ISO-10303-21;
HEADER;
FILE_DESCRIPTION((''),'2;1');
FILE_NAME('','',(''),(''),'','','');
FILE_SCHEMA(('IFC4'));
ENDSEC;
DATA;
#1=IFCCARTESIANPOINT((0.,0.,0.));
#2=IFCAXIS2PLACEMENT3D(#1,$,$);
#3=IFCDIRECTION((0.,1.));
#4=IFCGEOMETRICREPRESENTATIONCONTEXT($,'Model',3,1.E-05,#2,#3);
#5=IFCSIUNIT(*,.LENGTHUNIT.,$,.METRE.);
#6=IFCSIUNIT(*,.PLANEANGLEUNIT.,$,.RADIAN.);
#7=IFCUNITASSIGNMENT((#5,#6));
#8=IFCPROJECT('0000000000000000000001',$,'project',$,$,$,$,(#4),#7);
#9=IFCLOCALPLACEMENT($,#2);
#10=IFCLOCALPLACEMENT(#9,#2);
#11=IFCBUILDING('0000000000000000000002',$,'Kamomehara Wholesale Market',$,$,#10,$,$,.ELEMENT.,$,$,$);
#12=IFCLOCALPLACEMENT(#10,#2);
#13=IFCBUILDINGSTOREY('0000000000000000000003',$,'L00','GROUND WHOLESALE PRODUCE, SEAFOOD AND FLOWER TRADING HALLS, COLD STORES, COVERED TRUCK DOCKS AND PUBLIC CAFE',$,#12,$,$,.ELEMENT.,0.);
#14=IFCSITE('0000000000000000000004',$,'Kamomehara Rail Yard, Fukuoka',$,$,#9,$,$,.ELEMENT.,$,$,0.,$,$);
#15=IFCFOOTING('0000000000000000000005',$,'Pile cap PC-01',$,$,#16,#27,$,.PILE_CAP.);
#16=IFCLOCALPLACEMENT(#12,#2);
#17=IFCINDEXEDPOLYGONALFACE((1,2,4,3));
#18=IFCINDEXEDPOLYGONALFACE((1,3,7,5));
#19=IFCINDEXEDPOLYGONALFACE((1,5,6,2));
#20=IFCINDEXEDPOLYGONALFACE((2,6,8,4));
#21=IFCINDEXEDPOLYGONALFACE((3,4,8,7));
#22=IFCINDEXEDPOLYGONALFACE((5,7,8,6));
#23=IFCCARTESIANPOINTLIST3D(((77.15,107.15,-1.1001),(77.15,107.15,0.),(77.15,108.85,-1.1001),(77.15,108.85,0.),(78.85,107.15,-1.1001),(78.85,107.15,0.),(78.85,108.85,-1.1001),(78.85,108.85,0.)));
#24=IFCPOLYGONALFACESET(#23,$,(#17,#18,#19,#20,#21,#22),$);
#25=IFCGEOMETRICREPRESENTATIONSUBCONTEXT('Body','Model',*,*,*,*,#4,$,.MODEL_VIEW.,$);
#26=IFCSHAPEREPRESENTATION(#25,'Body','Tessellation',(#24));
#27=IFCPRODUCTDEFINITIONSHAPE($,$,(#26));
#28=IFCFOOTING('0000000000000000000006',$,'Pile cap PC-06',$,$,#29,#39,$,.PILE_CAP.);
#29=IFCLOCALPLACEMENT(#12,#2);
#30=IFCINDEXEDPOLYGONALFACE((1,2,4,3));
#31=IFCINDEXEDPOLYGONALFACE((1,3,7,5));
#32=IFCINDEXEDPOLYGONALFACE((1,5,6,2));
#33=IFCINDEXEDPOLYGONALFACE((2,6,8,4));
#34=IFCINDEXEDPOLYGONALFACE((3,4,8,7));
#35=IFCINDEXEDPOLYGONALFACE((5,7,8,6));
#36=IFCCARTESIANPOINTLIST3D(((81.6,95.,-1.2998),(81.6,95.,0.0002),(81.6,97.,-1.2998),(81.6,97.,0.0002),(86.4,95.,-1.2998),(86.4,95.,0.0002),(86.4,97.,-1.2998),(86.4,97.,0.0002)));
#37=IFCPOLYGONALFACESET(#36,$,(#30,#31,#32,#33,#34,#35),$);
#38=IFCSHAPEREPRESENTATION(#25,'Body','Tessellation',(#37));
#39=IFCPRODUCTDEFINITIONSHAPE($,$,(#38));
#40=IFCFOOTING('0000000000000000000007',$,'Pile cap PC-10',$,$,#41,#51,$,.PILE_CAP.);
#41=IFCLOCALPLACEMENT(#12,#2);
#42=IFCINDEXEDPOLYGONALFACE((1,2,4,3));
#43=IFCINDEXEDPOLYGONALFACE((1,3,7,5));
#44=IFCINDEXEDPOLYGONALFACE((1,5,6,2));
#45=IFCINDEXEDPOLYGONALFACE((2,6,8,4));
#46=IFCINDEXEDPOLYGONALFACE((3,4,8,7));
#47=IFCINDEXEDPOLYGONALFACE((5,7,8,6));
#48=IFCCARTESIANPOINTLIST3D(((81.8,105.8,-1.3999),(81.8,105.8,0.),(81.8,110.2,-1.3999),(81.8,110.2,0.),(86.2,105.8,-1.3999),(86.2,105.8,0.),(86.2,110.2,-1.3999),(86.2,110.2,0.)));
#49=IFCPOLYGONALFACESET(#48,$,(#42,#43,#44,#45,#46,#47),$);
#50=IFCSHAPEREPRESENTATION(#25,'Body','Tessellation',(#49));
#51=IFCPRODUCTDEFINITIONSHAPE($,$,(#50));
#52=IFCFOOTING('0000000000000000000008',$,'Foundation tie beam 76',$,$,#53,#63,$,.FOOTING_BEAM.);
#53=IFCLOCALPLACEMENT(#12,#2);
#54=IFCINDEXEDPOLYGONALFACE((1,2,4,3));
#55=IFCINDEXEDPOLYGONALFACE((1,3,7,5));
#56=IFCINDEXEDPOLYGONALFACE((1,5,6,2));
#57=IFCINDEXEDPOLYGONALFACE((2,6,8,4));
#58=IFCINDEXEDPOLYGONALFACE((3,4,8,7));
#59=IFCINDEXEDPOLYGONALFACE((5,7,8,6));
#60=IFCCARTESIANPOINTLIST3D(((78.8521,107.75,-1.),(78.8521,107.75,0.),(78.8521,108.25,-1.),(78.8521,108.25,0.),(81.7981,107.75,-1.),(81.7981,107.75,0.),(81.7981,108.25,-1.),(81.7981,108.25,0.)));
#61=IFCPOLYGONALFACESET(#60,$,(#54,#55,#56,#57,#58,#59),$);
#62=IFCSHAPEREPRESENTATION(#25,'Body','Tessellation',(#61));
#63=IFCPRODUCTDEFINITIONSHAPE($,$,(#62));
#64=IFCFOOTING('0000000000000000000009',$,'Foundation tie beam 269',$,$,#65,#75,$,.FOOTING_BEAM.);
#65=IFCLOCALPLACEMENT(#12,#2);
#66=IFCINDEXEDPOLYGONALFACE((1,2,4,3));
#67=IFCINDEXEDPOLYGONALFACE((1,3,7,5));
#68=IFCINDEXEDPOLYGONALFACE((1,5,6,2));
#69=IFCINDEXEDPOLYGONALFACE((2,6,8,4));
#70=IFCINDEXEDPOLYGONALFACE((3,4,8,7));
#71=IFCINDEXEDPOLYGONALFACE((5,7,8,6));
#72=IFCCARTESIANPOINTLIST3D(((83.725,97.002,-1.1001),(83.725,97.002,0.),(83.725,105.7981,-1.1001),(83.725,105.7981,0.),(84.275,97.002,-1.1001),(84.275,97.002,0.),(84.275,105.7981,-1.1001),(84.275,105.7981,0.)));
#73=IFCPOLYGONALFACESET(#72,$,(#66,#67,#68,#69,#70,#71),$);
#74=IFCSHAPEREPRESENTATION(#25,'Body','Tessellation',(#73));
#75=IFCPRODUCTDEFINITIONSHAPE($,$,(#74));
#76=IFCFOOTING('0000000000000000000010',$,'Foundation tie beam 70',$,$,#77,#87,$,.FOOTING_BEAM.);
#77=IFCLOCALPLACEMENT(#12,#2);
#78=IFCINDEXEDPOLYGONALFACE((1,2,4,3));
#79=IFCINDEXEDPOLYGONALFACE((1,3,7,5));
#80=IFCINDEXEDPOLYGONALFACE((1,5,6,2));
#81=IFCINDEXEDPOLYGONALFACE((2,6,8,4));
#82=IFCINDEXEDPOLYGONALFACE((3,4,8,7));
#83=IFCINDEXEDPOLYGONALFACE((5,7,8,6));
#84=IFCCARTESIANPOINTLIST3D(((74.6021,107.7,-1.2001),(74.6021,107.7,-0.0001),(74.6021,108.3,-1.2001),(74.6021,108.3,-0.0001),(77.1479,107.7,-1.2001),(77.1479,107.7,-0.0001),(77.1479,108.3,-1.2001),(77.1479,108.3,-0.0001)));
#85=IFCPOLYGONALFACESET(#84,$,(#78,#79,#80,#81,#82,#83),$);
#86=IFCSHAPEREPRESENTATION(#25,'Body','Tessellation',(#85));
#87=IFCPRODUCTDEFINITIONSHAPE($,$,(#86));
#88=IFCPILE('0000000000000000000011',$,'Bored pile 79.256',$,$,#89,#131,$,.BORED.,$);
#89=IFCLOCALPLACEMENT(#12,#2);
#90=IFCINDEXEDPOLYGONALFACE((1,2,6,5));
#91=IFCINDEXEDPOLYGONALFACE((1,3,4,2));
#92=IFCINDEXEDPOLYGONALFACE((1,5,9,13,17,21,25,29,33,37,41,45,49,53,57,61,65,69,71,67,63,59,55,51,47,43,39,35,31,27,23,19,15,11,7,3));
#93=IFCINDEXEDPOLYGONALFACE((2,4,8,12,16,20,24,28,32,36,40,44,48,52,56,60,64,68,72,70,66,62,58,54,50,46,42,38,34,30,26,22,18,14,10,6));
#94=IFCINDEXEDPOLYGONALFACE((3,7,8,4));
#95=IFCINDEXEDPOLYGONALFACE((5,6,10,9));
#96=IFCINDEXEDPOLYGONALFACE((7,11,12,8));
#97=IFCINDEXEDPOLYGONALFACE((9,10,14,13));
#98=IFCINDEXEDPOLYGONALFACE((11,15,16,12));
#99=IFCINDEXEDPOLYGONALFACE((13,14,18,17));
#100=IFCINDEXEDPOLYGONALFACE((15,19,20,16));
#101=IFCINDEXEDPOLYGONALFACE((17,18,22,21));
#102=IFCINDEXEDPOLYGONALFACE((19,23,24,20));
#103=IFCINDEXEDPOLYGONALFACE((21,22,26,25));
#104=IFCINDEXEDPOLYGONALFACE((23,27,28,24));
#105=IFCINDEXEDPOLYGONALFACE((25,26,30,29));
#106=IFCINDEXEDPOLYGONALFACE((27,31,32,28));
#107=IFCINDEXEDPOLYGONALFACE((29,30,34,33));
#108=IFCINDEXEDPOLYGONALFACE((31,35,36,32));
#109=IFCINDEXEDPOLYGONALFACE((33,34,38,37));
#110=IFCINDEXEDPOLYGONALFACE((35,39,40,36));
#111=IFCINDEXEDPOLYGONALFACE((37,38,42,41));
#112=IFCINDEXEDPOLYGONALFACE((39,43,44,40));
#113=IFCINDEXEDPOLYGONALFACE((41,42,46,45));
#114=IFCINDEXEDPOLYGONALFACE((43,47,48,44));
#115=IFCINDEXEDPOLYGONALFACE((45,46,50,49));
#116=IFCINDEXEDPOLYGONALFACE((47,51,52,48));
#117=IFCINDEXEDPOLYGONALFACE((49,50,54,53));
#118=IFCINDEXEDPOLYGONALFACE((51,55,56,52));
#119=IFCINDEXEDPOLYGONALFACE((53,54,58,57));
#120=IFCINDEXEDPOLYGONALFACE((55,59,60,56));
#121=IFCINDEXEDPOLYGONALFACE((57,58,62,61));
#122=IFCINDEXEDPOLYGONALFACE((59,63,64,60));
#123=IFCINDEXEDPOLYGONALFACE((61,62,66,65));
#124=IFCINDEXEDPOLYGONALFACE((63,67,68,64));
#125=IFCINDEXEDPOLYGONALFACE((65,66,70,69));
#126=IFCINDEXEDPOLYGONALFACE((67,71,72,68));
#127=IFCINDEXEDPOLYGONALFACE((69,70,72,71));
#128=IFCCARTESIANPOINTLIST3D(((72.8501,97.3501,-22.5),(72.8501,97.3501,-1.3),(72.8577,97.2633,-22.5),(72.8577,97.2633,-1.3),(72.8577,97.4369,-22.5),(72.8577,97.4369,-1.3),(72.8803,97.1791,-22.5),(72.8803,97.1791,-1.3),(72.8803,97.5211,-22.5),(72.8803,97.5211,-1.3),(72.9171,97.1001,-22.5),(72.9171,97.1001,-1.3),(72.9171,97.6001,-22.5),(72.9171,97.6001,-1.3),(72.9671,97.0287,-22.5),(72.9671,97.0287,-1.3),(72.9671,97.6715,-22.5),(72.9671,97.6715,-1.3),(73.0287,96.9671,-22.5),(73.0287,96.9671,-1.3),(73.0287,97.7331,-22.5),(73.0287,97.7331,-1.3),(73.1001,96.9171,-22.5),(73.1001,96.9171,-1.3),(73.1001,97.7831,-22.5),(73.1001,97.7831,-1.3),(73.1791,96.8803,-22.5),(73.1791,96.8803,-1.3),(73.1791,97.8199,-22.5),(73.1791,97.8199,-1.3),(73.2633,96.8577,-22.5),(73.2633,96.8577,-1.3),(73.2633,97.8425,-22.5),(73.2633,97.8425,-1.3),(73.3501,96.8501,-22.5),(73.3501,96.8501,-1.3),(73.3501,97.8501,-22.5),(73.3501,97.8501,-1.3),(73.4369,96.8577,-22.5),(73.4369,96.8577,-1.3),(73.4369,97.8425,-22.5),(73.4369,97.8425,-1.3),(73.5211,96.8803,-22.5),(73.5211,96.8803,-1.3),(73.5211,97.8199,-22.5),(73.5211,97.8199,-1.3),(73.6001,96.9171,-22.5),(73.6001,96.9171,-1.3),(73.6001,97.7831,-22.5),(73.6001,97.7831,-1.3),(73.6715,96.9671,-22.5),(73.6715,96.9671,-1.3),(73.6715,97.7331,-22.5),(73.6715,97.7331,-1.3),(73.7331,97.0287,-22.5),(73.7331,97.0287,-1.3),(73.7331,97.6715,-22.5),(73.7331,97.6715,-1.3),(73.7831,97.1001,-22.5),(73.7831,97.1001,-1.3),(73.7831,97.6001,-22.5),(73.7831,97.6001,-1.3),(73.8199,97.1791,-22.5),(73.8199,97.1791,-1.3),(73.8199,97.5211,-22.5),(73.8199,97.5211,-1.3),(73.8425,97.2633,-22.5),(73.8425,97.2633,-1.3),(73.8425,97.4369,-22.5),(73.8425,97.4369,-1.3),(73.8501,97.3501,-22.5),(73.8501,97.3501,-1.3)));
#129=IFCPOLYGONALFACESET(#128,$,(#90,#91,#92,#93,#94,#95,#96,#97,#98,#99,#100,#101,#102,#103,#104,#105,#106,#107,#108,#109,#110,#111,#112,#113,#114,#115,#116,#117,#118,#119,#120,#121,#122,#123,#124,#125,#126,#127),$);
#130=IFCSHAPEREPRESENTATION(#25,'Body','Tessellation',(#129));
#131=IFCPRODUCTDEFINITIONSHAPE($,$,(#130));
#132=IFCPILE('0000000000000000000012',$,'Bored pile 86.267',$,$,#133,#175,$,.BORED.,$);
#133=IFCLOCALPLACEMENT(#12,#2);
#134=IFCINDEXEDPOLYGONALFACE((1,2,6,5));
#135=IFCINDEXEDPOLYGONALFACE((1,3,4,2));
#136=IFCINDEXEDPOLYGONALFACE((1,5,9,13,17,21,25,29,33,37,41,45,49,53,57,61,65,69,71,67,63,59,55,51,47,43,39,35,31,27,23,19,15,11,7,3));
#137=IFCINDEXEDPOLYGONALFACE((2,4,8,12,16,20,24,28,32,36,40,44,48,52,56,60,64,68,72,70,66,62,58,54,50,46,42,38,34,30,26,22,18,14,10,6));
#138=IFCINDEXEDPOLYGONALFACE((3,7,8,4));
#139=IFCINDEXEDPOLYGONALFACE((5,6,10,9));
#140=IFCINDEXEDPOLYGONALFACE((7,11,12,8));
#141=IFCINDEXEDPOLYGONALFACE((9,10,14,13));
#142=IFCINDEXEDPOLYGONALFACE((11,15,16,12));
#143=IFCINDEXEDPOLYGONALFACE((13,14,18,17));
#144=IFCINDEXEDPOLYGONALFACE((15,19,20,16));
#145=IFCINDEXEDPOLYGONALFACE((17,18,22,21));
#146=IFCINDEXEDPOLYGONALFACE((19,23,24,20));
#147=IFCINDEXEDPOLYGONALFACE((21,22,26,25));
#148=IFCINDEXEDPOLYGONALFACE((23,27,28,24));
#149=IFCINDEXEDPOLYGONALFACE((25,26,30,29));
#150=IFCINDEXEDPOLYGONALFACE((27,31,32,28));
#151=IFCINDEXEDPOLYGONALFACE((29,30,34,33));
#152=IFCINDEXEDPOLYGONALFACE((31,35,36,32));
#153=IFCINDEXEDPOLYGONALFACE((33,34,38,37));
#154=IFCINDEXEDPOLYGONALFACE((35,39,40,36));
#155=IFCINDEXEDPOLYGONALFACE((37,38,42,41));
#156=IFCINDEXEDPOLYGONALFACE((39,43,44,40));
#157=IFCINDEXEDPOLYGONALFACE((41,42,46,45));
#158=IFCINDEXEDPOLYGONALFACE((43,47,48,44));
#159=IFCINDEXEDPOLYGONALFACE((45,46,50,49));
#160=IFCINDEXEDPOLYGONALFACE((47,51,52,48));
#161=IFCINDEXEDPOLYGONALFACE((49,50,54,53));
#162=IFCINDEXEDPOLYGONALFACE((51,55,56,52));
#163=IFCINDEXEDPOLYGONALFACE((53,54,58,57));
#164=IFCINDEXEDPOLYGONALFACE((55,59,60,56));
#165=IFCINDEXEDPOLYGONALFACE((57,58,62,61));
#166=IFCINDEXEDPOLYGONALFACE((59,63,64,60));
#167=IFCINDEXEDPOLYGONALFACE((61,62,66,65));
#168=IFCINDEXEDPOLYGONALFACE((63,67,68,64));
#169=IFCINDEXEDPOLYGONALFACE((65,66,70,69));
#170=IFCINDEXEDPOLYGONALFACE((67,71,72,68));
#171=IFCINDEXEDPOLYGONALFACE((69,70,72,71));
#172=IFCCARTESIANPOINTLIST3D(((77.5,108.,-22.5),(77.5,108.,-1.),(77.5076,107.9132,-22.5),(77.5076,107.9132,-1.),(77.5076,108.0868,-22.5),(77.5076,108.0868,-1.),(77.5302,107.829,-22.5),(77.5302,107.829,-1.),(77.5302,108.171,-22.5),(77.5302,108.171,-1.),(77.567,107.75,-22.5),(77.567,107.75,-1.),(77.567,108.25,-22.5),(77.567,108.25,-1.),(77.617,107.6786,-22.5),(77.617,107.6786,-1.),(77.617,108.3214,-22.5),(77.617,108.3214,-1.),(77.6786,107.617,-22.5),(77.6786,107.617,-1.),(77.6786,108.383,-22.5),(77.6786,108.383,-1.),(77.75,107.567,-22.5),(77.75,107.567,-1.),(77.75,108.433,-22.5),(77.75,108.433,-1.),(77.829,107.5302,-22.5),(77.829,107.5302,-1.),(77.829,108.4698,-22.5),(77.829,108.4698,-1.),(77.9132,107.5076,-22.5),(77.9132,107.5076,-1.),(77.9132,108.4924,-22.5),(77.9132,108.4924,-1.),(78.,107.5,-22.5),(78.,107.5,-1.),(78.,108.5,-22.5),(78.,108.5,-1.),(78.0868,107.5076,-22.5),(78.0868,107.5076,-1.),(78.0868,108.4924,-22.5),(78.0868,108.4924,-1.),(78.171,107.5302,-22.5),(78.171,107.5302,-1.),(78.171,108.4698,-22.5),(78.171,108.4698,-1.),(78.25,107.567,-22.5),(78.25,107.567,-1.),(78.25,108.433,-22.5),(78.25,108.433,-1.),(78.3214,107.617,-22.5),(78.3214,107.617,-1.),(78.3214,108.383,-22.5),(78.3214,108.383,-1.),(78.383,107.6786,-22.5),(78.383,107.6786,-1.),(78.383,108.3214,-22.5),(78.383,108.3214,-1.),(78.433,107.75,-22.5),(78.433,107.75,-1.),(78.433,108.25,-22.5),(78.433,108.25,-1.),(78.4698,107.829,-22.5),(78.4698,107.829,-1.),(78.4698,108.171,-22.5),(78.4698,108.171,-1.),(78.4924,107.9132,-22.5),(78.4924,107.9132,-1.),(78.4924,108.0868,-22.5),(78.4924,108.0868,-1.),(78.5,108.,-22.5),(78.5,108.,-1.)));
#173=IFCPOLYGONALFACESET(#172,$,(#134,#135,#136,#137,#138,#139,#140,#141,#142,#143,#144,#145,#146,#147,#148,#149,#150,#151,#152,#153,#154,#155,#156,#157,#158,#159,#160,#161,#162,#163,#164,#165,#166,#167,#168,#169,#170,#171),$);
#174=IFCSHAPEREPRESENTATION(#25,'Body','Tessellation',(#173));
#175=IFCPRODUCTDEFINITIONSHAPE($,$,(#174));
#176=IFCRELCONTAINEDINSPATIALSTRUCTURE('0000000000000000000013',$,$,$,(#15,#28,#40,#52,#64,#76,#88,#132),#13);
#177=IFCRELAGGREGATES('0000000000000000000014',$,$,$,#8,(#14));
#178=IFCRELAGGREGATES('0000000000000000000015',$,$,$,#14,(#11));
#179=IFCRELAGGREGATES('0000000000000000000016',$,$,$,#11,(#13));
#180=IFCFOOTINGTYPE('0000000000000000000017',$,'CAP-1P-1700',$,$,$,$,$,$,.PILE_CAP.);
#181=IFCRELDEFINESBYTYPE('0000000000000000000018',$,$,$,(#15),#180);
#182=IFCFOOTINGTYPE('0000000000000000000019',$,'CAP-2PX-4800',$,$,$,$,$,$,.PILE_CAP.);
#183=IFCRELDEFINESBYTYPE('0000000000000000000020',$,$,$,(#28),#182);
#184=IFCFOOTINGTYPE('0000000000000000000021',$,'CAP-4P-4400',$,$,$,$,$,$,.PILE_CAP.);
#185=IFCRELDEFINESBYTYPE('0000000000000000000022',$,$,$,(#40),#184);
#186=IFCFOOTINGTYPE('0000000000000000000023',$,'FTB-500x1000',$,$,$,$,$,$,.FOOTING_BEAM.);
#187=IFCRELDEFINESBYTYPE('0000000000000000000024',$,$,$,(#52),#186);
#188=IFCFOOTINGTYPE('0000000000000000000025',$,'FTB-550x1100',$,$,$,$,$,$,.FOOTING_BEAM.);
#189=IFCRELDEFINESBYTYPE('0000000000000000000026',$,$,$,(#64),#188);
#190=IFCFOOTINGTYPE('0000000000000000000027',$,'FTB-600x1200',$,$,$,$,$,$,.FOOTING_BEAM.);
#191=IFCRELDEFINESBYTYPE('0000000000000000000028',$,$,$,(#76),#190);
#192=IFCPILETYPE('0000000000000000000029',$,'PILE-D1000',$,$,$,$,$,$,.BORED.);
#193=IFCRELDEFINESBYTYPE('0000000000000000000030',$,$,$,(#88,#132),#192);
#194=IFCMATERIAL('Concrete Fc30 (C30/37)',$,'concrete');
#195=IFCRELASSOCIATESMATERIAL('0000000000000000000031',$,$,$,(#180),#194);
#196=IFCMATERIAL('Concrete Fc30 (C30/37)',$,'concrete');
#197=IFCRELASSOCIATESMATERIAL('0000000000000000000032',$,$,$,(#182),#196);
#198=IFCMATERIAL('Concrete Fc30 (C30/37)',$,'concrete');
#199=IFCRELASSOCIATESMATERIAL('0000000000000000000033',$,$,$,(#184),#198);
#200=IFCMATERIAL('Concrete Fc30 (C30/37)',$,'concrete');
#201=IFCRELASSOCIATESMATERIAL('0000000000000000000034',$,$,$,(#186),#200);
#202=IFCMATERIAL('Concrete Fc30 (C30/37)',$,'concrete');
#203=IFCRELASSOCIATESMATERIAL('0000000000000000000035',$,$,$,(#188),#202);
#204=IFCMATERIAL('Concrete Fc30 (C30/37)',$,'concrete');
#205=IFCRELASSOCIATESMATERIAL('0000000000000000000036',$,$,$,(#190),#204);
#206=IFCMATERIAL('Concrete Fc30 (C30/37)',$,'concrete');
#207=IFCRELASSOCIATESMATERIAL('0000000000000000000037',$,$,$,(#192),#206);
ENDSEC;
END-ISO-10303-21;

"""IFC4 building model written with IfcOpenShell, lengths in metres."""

from ifc_helpers import new_model, si_unit, direction, frame, origin, origin_2d, place, context, subcontext, project, spatial, rectangle, circle, extrude, material, material_profile, profile_set, type_object, element, save


model = new_model("IFC4")

# Units and contexts
model_context = context("Model", 3, precision=1e-05, world=origin(), true_north=direction((0.0, 1.0)))
body_context = subcontext(model_context, "Body", "Model", "MODEL_VIEW")
ifc_project = project(units=[si_unit("LENGTHUNIT", "METRE"), si_unit("PLANEANGLEUNIT", "RADIAN")], contexts=[model_context])

# Site, building, storey
site_placement = place(None, origin())
site = spatial("IfcSite", under=ifc_project, at=site_placement, Name="Kamomehara Rail Yard, Fukuoka", CompositionType="ELEMENT", RefElevation=0.0)
building_placement = place(site_placement, origin())
building = spatial("IfcBuilding", under=site, at=building_placement, Name="Kamomehara Wholesale Market", CompositionType="ELEMENT")
storey_placement = place(building_placement, origin())
storey = spatial("IfcBuildingStorey", under=building, at=storey_placement, Name="L00", Description="GROUND WHOLESALE PRODUCE, SEAFOOD AND FLOWER TRADING HALLS, COLD STORES, COVERED TRUCK DOCKS AND PUBLIC CAFE", CompositionType="ELEMENT", Elevation=0.0)

# Footings
ifc_material_1 = material(Name="Concrete Fc30 (C30/37)", Category="concrete")
footing_type_1 = type_object("IfcFootingType", Name="CAP-1P-1700", PredefinedType="PILE_CAP", material=ifc_material_1)
footing_1_placement = place(storey_placement, frame((78.0, 108.0, -1.1001), z_axis=(0.0, 0.0, 1.0), x_axis=(1.0, 0.0, 0.0)))
element("IfcFooting", 1, at=footing_1_placement, inside=storey, type_object=footing_type_1, Name="Pile cap PC-01", PredefinedType="PILE_CAP", context=body_context, shape_type="SweptSolid", body=[
    extrude(rectangle(XDim=1.7, YDim=1.7, at=origin_2d()), origin(), (0.0, 0.0, 1.0), 1.1001),
])
ifc_material_2 = material(Name="Concrete Fc30 (C30/37)", Category="concrete")
footing_type_2 = type_object("IfcFootingType", Name="CAP-2PX-4800", PredefinedType="PILE_CAP", material=ifc_material_2)
footing_2_placement = place(storey_placement, frame((84.0, 96.0, -1.2998), z_axis=(0.0, 0.0, 1.0), x_axis=(1.0, 0.0, 0.0)))
element("IfcFooting", 2, at=footing_2_placement, inside=storey, type_object=footing_type_2, Name="Pile cap PC-06", PredefinedType="PILE_CAP", context=body_context, shape_type="SweptSolid", body=[
    extrude(rectangle(XDim=4.8, YDim=2.0, at=origin_2d()), origin(), (0.0, 0.0, 1.0), 1.3),
])
ifc_material_3 = material(Name="Concrete Fc30 (C30/37)", Category="concrete")
footing_type_3 = type_object("IfcFootingType", Name="CAP-4P-4400", PredefinedType="PILE_CAP", material=ifc_material_3)
footing_3_placement = place(storey_placement, frame((84.0, 108.0, -1.3999), z_axis=(0.0, 0.0, 1.0), x_axis=(1.0, 0.0, 0.0)))
element("IfcFooting", 3, at=footing_3_placement, inside=storey, type_object=footing_type_3, Name="Pile cap PC-10", PredefinedType="PILE_CAP", context=body_context, shape_type="SweptSolid", body=[
    extrude(rectangle(XDim=4.3999, YDim=4.3999, at=origin_2d()), origin(), (0.0, 0.0, 1.0), 1.3999),
])
ifc_material_4 = material(Name="Concrete Fc30 (C30/37)", Category="concrete")
ifc_material_profile_1 = material_profile(ifc_material_4, rectangle(XDim=0.5, YDim=1.0, at=origin_2d()), Name="RC-FTB-500x1000")
ifc_profile_set_1 = profile_set([ifc_material_profile_1], Name="Concrete Fc30 (C30/37)")
footing_type_4 = type_object("IfcFootingType", Name="FTB-500x1000", PredefinedType="FOOTING_BEAM", material=ifc_profile_set_1)
footing_4_placement = place(storey_placement, frame((78.8521, 108.0, -0.5), z_axis=(1.0, 0.0, 0.0), x_axis=(0.0, 1.0, 0.0)))
element("IfcFooting", 4, at=footing_4_placement, inside=storey, type_object=footing_type_4, Name="Foundation tie beam 76", PredefinedType="FOOTING_BEAM", context=body_context, shape_type="SweptSolid", body=[
    extrude(rectangle(XDim=0.5, YDim=1.0, at=origin_2d()), origin(), (0.0, 0.0, 1.0), 2.946),
])
ifc_material_5 = material(Name="Concrete Fc30 (C30/37)", Category="concrete")
ifc_material_profile_2 = material_profile(ifc_material_5, rectangle(XDim=0.55, YDim=1.1001, at=origin_2d()), Name="RC-FTB-550x1100")
ifc_profile_set_2 = profile_set([ifc_material_profile_2], Name="Concrete Fc30 (C30/37)")
footing_type_5 = type_object("IfcFootingType", Name="FTB-550x1100", PredefinedType="FOOTING_BEAM", material=ifc_profile_set_2)
footing_5_placement = place(storey_placement, frame((84.0, 97.002, -0.55), z_axis=(0.0, 1.0, 0.0), x_axis=(-1.0, 0.0, 0.0)))
element("IfcFooting", 5, at=footing_5_placement, inside=storey, type_object=footing_type_5, Name="Foundation tie beam 269", PredefinedType="FOOTING_BEAM", context=body_context, shape_type="SweptSolid", body=[
    extrude(rectangle(XDim=0.55, YDim=1.1001, at=origin_2d()), origin(), (0.0, 0.0, 1.0), 8.7961),
])
ifc_material_6 = material(Name="Concrete Fc30 (C30/37)", Category="concrete")
ifc_material_profile_3 = material_profile(ifc_material_6, rectangle(XDim=0.6001, YDim=1.2, at=origin_2d()), Name="RC-FTB-600x1200")
ifc_profile_set_3 = profile_set([ifc_material_profile_3], Name="Concrete Fc30 (C30/37)")
footing_type_6 = type_object("IfcFootingType", Name="FTB-600x1200", PredefinedType="FOOTING_BEAM", material=ifc_profile_set_3)
footing_6_placement = place(storey_placement, frame((74.6021, 108.0, -0.6001), z_axis=(1.0, 0.0, 0.0), x_axis=(0.0, 1.0, 0.0)))
element("IfcFooting", 6, at=footing_6_placement, inside=storey, type_object=footing_type_6, Name="Foundation tie beam 70", PredefinedType="FOOTING_BEAM", context=body_context, shape_type="SweptSolid", body=[
    extrude(rectangle(XDim=0.6001, YDim=1.2, at=origin_2d()), origin(), (0.0, 0.0, 1.0), 2.5459),
])

# Piles
ifc_material_7 = material(Name="Concrete Fc30 (C30/37)", Category="concrete")
ifc_material_profile_4 = material_profile(ifc_material_7, circle(Radius=0.5, at=origin_2d()), Name="RC-PILE-D1000")
ifc_profile_set_4 = profile_set([ifc_material_profile_4], Name="Concrete Fc30 (C30/37)")
pile_type_1 = type_object("IfcPileType", Name="PILE-D1000", PredefinedType="BORED", material=ifc_profile_set_4)
pile_1_placement = place(storey_placement, frame((73.3501, 97.3501, -1.3), z_axis=(0.0, 0.0, -1.0), x_axis=(1.0, 0.0, 0.0)))
element("IfcPile", 7, at=pile_1_placement, inside=storey, type_object=pile_type_1, Name="Bored pile 79.256", PredefinedType="BORED", context=body_context, shape_type="SweptSolid", body=[
    extrude(circle(Radius=0.5, at=origin_2d()), origin(), (0.0, 0.0, 1.0), 21.2),
])
pile_2_placement = place(storey_placement, frame((78.0, 108.0, -1.0), z_axis=(0.0, 0.0, -1.0), x_axis=(1.0, 0.0, 0.0)))
element("IfcPile", 8, at=pile_2_placement, inside=storey, type_object=pile_type_1, Name="Bored pile 86.267", PredefinedType="BORED", context=body_context, shape_type="SweptSolid", body=[
    extrude(circle(Radius=0.5, at=origin_2d()), origin(), (0.0, 0.0, 1.0), 21.5),
])

save(model, "model.ifc")
